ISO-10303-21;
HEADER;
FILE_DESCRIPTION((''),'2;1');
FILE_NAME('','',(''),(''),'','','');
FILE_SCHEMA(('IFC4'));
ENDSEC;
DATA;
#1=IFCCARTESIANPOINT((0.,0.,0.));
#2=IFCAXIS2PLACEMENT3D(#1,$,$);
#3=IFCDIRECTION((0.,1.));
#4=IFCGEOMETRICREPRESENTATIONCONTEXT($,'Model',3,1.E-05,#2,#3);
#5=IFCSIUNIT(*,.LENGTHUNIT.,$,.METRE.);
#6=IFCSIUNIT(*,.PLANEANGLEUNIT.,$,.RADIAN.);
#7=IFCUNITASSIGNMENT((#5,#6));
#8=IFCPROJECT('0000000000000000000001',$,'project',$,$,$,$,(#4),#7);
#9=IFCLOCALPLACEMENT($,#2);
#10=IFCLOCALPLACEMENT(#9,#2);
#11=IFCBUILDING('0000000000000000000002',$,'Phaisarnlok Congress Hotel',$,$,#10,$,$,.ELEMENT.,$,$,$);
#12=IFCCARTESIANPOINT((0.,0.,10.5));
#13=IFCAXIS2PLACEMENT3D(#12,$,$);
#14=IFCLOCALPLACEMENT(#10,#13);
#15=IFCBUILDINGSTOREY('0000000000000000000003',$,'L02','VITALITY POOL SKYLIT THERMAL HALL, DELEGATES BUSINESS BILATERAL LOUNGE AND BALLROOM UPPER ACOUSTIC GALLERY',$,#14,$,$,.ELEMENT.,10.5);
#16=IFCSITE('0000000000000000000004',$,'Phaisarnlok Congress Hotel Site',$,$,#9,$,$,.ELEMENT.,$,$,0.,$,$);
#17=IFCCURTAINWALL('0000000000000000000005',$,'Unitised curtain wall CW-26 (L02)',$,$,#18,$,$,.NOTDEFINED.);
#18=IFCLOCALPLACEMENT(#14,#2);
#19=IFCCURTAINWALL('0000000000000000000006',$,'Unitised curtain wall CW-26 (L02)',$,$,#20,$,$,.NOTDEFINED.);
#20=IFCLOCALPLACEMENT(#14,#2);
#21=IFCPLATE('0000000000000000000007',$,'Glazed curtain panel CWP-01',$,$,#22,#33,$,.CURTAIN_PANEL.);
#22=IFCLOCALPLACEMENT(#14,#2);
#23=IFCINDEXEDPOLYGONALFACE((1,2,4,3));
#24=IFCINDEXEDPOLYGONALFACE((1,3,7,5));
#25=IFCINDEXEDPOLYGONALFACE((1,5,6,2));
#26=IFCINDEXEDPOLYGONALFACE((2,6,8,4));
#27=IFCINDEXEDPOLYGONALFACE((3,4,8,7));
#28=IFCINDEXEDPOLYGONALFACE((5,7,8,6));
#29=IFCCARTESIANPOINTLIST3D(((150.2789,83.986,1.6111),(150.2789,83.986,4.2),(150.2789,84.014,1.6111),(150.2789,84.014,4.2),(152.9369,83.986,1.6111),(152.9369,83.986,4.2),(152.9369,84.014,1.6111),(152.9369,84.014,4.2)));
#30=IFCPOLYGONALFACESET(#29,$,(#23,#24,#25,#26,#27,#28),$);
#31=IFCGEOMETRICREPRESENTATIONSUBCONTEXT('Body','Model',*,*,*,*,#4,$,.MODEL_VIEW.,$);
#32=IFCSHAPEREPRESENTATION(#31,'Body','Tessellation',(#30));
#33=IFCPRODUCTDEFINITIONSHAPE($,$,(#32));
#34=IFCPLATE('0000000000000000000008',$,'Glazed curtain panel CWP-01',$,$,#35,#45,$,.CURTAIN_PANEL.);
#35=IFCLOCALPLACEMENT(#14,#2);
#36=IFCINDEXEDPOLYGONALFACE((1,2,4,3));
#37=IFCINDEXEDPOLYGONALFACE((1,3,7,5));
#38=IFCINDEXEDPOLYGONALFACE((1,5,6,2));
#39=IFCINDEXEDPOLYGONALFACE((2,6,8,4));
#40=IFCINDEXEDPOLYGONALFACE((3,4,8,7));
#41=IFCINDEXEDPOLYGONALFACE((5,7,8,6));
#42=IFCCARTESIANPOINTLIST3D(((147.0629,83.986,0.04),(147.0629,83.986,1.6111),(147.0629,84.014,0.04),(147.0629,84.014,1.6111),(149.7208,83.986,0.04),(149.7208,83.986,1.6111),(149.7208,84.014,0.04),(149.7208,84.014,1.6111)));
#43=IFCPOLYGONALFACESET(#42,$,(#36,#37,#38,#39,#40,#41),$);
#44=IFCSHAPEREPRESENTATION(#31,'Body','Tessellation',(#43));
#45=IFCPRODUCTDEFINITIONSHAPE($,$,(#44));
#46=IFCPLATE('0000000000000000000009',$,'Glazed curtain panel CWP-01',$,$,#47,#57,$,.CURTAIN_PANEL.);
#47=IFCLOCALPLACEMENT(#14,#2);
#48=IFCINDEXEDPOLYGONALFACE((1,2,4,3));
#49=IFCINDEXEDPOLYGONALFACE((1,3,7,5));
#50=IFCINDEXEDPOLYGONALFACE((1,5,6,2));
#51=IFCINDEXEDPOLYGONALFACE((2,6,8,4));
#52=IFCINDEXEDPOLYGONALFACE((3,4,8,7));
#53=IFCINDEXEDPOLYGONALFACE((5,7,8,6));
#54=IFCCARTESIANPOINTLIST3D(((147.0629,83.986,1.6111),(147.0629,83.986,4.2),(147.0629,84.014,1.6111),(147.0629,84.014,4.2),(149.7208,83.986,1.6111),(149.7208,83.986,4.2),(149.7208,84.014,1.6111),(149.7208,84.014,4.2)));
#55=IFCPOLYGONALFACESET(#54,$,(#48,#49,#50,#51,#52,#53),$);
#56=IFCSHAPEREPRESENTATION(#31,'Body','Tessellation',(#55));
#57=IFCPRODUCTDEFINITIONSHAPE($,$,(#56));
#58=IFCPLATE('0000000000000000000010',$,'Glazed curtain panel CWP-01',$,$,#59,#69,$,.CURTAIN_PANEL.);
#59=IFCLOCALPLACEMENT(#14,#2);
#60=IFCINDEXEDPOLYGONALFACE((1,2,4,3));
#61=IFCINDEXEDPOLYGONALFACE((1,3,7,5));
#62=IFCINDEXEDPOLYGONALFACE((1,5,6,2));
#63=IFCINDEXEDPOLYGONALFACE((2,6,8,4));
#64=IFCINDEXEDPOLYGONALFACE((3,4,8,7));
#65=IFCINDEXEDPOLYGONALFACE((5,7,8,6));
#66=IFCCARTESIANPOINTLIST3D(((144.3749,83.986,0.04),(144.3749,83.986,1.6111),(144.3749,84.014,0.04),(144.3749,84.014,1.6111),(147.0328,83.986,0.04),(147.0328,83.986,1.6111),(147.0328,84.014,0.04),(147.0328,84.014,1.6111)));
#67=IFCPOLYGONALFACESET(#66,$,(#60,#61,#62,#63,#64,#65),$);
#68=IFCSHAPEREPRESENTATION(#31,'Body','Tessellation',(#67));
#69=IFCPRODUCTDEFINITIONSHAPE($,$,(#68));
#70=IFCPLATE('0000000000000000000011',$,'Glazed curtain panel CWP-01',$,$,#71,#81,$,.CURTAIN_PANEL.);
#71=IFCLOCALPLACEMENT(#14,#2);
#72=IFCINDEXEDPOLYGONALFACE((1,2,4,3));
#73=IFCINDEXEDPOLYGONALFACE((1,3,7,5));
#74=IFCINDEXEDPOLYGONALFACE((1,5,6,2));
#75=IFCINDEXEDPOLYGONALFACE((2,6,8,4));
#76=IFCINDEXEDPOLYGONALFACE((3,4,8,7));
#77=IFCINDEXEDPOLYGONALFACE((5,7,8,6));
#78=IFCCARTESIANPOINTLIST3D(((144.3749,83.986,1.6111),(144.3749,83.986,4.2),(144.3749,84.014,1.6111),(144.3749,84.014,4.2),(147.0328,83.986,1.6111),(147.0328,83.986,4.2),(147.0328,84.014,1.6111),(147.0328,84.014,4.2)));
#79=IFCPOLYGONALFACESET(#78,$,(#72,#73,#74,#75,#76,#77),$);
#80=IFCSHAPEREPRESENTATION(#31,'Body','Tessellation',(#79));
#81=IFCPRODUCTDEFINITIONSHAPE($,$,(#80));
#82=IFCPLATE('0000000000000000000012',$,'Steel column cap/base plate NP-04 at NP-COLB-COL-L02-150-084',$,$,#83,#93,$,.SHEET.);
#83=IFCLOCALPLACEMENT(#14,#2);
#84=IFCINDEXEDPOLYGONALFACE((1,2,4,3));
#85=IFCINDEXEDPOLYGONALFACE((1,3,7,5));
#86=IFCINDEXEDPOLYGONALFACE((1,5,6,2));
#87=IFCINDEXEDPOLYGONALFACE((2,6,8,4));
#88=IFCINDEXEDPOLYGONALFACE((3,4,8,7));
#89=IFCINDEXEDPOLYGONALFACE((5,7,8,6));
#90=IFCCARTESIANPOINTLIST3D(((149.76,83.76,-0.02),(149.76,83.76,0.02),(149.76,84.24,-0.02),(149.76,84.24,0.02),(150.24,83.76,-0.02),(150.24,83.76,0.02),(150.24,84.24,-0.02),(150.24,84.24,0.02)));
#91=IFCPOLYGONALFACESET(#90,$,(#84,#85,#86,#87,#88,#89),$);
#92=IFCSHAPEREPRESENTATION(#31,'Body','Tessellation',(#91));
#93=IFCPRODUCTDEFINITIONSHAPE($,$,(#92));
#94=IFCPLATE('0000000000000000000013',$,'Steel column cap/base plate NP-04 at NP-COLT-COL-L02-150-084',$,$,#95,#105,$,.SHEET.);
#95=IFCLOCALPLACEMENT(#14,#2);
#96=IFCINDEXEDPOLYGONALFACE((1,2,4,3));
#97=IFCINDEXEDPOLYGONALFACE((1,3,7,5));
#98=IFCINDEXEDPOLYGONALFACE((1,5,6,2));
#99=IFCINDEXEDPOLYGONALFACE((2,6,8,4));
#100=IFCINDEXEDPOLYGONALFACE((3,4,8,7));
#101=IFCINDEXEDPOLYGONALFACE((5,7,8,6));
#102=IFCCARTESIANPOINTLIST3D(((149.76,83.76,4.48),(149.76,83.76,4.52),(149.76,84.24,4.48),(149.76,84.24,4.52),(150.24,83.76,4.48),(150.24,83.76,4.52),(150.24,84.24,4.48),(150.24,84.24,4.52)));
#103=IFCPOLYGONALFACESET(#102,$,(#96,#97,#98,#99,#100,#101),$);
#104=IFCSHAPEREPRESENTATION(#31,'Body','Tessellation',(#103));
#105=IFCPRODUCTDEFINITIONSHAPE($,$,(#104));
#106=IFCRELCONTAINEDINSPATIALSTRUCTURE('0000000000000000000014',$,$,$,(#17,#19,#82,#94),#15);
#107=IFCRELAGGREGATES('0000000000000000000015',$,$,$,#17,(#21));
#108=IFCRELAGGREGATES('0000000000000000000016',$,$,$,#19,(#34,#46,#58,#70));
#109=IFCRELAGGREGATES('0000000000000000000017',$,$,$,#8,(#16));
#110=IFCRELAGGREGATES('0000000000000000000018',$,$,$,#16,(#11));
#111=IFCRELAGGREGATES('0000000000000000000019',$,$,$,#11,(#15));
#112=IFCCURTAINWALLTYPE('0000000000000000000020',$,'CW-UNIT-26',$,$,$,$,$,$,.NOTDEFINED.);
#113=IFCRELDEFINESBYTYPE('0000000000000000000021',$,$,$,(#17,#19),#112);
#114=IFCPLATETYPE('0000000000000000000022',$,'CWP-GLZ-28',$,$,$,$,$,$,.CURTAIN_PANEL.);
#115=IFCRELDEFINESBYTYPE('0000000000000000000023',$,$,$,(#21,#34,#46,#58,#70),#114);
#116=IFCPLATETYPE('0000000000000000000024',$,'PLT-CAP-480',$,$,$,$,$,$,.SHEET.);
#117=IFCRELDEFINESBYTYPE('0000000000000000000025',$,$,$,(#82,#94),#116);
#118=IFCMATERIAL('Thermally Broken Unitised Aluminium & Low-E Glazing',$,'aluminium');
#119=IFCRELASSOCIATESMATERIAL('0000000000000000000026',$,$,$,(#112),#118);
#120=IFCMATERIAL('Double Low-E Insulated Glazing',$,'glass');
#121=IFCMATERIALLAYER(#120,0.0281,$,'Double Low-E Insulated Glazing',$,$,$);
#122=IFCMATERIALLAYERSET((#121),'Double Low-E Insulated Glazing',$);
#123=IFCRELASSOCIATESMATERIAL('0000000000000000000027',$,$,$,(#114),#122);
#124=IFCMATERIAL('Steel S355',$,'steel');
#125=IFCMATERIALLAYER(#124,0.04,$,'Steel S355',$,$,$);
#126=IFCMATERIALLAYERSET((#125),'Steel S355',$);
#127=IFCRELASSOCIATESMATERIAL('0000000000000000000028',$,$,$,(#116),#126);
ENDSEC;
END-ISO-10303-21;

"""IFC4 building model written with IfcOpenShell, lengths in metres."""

from ifc_helpers import new_model, si_unit, direction, frame, frame_2d, origin, origin_2d, place, context, subcontext, project, spatial, rectangle, extrude, material, layer, layer_set, type_object, element, aggregate, save


model = new_model("IFC4")

# Units and contexts
model_context = context("Model", 3, precision=1e-05, world=origin(), true_north=direction((0.0, 1.0)))
body_context = subcontext(model_context, "Body", "Model", "MODEL_VIEW")
ifc_project = project(units=[si_unit("LENGTHUNIT", "METRE"), si_unit("PLANEANGLEUNIT", "RADIAN")], contexts=[model_context])

# Site, building, storey
site_placement = place(None, origin())
site = spatial("IfcSite", under=ifc_project, at=site_placement, Name="Phaisarnlok Congress Hotel Site", CompositionType="ELEMENT", RefElevation=0.0)
building_placement = place(site_placement, origin())
building = spatial("IfcBuilding", under=site, at=building_placement, Name="Phaisarnlok Congress Hotel", CompositionType="ELEMENT")
storey_placement = place(building_placement, frame((0.0, 0.0, 10.5)))
storey = spatial("IfcBuildingStorey", under=building, at=storey_placement, Name="L02", Description="VITALITY POOL SKYLIT THERMAL HALL, DELEGATES BUSINESS BILATERAL LOUNGE AND BALLROOM UPPER ACOUSTIC GALLERY", CompositionType="ELEMENT", Elevation=10.5)

# Shared definitions
ifc_material_1 = material(Name="Steel S355", Category="steel")

# Curtain walls
ifc_material_2 = material(Name="Thermally Broken Unitised Aluminium & Low-E Glazing", Category="aluminium")
curtain_wall_type = type_object("IfcCurtainWallType", Name="CW-UNIT-26", PredefinedType="NOTDEFINED", material=ifc_material_2)
curtain_wall_1_placement = place(storey_placement, origin())
curtain_wall_1 = element("IfcCurtainWall", 1, at=curtain_wall_1_placement, inside=storey, type_object=curtain_wall_type, Name="Unitised curtain wall CW-26 (L02)", PredefinedType="NOTDEFINED")
curtain_wall_2_placement = place(storey_placement, origin())
curtain_wall_2 = element("IfcCurtainWall", 2, at=curtain_wall_2_placement, inside=storey, type_object=curtain_wall_type, Name="Unitised curtain wall CW-26 (L02)", PredefinedType="NOTDEFINED")

# Plates
ifc_material_3 = material(Name="Double Low-E Insulated Glazing", Category="glass")
ifc_layer_1 = layer(ifc_material_3, 0.0281, Name="Double Low-E Insulated Glazing")
ifc_layer_set_1 = layer_set([ifc_layer_1], Name="Double Low-E Insulated Glazing")
plate_type_1 = type_object("IfcPlateType", Name="CWP-GLZ-28", PredefinedType="CURTAIN_PANEL", material=ifc_layer_set_1)
plate_1_placement = place(storey_placement, frame((152.937, 84.0, 1.6111), z_axis=(0.0, 0.0, 1.0), x_axis=(-1.0, 0.0, 0.0)))
plate_1 = element("IfcPlate", 3, at=plate_1_placement, type_object=plate_type_1, Name="Glazed curtain panel CWP-01", PredefinedType="CURTAIN_PANEL", context=body_context, shape_type="SweptSolid", body=[
    extrude(rectangle(XDim=2.658, YDim=0.0281, at=frame_2d((1.3291, 0.0))), origin(), (0.0, 0.0, 1.0), 2.5889),
])
aggregate(curtain_wall_1, [plate_1])
plate_2_placement = place(storey_placement, frame((149.7209, 84.0, 0.04), z_axis=(0.0, 0.0, 1.0), x_axis=(-1.0, 0.0, 0.0)))
plate_2 = element("IfcPlate", 4, at=plate_2_placement, type_object=plate_type_1, Name="Glazed curtain panel CWP-01", PredefinedType="CURTAIN_PANEL", context=body_context, shape_type="SweptSolid", body=[
    extrude(rectangle(XDim=2.658, YDim=0.0281, at=frame_2d((1.3291, 0.0))), origin(), (0.0, 0.0, 1.0), 1.571),
])
plate_3_placement = place(storey_placement, frame((149.7209, 84.0, 1.6111), z_axis=(0.0, 0.0, 1.0), x_axis=(-1.0, 0.0, 0.0)))
plate_3 = element("IfcPlate", 5, at=plate_3_placement, type_object=plate_type_1, Name="Glazed curtain panel CWP-01", PredefinedType="CURTAIN_PANEL", context=body_context, shape_type="SweptSolid", body=[
    extrude(rectangle(XDim=2.658, YDim=0.0281, at=frame_2d((1.3291, 0.0))), origin(), (0.0, 0.0, 1.0), 2.5889),
])
plate_4_placement = place(storey_placement, frame((147.033, 84.0, 0.04), z_axis=(0.0, 0.0, 1.0), x_axis=(-1.0, 0.0, 0.0)))
plate_4 = element("IfcPlate", 6, at=plate_4_placement, type_object=plate_type_1, Name="Glazed curtain panel CWP-01", PredefinedType="CURTAIN_PANEL", context=body_context, shape_type="SweptSolid", body=[
    extrude(rectangle(XDim=2.658, YDim=0.0281, at=frame_2d((1.3291, 0.0))), origin(), (0.0, 0.0, 1.0), 1.571),
])
plate_5_placement = place(storey_placement, frame((147.033, 84.0, 1.6111), z_axis=(0.0, 0.0, 1.0), x_axis=(-1.0, 0.0, 0.0)))
plate_5 = element("IfcPlate", 7, at=plate_5_placement, type_object=plate_type_1, Name="Glazed curtain panel CWP-01", PredefinedType="CURTAIN_PANEL", context=body_context, shape_type="SweptSolid", body=[
    extrude(rectangle(XDim=2.658, YDim=0.0281, at=frame_2d((1.3291, 0.0))), origin(), (0.0, 0.0, 1.0), 2.5889),
])
aggregate(curtain_wall_2, [plate_2, plate_3, plate_4, plate_5])

# Plates
ifc_layer_2 = layer(ifc_material_1, 0.04, Name="Steel S355")
ifc_layer_set_2 = layer_set([ifc_layer_2], Name="Steel S355")
plate_type_2 = type_object("IfcPlateType", Name="PLT-CAP-480", PredefinedType="SHEET", material=ifc_layer_set_2)
for number, where, z_axis, x_axis, name in (
    (8, (150.0, 84.0, -0.02), (0.0, 0.0, 1.0), (1.0, 0.0, 0.0), "Steel column cap/base plate NP-04 at NP-COLB-COL-L02-150-084"),
    (9, (150.0, 84.0, 4.48), (0.0, 0.0, 1.0), (1.0, 0.0, 0.0), "Steel column cap/base plate NP-04 at NP-COLT-COL-L02-150-084"),
):
    element("IfcPlate", number, at=place(storey_placement, frame(where, z_axis=z_axis, x_axis=x_axis)), inside=storey, type_object=plate_type_2, Name=name, PredefinedType="SHEET", context=body_context, shape_type="SweptSolid", body=[
        extrude(rectangle(XDim=0.48, YDim=0.48, at=origin_2d()), origin(), (0.0, 0.0, 1.0), 0.04),
    ])

save(model, "model.ifc")
